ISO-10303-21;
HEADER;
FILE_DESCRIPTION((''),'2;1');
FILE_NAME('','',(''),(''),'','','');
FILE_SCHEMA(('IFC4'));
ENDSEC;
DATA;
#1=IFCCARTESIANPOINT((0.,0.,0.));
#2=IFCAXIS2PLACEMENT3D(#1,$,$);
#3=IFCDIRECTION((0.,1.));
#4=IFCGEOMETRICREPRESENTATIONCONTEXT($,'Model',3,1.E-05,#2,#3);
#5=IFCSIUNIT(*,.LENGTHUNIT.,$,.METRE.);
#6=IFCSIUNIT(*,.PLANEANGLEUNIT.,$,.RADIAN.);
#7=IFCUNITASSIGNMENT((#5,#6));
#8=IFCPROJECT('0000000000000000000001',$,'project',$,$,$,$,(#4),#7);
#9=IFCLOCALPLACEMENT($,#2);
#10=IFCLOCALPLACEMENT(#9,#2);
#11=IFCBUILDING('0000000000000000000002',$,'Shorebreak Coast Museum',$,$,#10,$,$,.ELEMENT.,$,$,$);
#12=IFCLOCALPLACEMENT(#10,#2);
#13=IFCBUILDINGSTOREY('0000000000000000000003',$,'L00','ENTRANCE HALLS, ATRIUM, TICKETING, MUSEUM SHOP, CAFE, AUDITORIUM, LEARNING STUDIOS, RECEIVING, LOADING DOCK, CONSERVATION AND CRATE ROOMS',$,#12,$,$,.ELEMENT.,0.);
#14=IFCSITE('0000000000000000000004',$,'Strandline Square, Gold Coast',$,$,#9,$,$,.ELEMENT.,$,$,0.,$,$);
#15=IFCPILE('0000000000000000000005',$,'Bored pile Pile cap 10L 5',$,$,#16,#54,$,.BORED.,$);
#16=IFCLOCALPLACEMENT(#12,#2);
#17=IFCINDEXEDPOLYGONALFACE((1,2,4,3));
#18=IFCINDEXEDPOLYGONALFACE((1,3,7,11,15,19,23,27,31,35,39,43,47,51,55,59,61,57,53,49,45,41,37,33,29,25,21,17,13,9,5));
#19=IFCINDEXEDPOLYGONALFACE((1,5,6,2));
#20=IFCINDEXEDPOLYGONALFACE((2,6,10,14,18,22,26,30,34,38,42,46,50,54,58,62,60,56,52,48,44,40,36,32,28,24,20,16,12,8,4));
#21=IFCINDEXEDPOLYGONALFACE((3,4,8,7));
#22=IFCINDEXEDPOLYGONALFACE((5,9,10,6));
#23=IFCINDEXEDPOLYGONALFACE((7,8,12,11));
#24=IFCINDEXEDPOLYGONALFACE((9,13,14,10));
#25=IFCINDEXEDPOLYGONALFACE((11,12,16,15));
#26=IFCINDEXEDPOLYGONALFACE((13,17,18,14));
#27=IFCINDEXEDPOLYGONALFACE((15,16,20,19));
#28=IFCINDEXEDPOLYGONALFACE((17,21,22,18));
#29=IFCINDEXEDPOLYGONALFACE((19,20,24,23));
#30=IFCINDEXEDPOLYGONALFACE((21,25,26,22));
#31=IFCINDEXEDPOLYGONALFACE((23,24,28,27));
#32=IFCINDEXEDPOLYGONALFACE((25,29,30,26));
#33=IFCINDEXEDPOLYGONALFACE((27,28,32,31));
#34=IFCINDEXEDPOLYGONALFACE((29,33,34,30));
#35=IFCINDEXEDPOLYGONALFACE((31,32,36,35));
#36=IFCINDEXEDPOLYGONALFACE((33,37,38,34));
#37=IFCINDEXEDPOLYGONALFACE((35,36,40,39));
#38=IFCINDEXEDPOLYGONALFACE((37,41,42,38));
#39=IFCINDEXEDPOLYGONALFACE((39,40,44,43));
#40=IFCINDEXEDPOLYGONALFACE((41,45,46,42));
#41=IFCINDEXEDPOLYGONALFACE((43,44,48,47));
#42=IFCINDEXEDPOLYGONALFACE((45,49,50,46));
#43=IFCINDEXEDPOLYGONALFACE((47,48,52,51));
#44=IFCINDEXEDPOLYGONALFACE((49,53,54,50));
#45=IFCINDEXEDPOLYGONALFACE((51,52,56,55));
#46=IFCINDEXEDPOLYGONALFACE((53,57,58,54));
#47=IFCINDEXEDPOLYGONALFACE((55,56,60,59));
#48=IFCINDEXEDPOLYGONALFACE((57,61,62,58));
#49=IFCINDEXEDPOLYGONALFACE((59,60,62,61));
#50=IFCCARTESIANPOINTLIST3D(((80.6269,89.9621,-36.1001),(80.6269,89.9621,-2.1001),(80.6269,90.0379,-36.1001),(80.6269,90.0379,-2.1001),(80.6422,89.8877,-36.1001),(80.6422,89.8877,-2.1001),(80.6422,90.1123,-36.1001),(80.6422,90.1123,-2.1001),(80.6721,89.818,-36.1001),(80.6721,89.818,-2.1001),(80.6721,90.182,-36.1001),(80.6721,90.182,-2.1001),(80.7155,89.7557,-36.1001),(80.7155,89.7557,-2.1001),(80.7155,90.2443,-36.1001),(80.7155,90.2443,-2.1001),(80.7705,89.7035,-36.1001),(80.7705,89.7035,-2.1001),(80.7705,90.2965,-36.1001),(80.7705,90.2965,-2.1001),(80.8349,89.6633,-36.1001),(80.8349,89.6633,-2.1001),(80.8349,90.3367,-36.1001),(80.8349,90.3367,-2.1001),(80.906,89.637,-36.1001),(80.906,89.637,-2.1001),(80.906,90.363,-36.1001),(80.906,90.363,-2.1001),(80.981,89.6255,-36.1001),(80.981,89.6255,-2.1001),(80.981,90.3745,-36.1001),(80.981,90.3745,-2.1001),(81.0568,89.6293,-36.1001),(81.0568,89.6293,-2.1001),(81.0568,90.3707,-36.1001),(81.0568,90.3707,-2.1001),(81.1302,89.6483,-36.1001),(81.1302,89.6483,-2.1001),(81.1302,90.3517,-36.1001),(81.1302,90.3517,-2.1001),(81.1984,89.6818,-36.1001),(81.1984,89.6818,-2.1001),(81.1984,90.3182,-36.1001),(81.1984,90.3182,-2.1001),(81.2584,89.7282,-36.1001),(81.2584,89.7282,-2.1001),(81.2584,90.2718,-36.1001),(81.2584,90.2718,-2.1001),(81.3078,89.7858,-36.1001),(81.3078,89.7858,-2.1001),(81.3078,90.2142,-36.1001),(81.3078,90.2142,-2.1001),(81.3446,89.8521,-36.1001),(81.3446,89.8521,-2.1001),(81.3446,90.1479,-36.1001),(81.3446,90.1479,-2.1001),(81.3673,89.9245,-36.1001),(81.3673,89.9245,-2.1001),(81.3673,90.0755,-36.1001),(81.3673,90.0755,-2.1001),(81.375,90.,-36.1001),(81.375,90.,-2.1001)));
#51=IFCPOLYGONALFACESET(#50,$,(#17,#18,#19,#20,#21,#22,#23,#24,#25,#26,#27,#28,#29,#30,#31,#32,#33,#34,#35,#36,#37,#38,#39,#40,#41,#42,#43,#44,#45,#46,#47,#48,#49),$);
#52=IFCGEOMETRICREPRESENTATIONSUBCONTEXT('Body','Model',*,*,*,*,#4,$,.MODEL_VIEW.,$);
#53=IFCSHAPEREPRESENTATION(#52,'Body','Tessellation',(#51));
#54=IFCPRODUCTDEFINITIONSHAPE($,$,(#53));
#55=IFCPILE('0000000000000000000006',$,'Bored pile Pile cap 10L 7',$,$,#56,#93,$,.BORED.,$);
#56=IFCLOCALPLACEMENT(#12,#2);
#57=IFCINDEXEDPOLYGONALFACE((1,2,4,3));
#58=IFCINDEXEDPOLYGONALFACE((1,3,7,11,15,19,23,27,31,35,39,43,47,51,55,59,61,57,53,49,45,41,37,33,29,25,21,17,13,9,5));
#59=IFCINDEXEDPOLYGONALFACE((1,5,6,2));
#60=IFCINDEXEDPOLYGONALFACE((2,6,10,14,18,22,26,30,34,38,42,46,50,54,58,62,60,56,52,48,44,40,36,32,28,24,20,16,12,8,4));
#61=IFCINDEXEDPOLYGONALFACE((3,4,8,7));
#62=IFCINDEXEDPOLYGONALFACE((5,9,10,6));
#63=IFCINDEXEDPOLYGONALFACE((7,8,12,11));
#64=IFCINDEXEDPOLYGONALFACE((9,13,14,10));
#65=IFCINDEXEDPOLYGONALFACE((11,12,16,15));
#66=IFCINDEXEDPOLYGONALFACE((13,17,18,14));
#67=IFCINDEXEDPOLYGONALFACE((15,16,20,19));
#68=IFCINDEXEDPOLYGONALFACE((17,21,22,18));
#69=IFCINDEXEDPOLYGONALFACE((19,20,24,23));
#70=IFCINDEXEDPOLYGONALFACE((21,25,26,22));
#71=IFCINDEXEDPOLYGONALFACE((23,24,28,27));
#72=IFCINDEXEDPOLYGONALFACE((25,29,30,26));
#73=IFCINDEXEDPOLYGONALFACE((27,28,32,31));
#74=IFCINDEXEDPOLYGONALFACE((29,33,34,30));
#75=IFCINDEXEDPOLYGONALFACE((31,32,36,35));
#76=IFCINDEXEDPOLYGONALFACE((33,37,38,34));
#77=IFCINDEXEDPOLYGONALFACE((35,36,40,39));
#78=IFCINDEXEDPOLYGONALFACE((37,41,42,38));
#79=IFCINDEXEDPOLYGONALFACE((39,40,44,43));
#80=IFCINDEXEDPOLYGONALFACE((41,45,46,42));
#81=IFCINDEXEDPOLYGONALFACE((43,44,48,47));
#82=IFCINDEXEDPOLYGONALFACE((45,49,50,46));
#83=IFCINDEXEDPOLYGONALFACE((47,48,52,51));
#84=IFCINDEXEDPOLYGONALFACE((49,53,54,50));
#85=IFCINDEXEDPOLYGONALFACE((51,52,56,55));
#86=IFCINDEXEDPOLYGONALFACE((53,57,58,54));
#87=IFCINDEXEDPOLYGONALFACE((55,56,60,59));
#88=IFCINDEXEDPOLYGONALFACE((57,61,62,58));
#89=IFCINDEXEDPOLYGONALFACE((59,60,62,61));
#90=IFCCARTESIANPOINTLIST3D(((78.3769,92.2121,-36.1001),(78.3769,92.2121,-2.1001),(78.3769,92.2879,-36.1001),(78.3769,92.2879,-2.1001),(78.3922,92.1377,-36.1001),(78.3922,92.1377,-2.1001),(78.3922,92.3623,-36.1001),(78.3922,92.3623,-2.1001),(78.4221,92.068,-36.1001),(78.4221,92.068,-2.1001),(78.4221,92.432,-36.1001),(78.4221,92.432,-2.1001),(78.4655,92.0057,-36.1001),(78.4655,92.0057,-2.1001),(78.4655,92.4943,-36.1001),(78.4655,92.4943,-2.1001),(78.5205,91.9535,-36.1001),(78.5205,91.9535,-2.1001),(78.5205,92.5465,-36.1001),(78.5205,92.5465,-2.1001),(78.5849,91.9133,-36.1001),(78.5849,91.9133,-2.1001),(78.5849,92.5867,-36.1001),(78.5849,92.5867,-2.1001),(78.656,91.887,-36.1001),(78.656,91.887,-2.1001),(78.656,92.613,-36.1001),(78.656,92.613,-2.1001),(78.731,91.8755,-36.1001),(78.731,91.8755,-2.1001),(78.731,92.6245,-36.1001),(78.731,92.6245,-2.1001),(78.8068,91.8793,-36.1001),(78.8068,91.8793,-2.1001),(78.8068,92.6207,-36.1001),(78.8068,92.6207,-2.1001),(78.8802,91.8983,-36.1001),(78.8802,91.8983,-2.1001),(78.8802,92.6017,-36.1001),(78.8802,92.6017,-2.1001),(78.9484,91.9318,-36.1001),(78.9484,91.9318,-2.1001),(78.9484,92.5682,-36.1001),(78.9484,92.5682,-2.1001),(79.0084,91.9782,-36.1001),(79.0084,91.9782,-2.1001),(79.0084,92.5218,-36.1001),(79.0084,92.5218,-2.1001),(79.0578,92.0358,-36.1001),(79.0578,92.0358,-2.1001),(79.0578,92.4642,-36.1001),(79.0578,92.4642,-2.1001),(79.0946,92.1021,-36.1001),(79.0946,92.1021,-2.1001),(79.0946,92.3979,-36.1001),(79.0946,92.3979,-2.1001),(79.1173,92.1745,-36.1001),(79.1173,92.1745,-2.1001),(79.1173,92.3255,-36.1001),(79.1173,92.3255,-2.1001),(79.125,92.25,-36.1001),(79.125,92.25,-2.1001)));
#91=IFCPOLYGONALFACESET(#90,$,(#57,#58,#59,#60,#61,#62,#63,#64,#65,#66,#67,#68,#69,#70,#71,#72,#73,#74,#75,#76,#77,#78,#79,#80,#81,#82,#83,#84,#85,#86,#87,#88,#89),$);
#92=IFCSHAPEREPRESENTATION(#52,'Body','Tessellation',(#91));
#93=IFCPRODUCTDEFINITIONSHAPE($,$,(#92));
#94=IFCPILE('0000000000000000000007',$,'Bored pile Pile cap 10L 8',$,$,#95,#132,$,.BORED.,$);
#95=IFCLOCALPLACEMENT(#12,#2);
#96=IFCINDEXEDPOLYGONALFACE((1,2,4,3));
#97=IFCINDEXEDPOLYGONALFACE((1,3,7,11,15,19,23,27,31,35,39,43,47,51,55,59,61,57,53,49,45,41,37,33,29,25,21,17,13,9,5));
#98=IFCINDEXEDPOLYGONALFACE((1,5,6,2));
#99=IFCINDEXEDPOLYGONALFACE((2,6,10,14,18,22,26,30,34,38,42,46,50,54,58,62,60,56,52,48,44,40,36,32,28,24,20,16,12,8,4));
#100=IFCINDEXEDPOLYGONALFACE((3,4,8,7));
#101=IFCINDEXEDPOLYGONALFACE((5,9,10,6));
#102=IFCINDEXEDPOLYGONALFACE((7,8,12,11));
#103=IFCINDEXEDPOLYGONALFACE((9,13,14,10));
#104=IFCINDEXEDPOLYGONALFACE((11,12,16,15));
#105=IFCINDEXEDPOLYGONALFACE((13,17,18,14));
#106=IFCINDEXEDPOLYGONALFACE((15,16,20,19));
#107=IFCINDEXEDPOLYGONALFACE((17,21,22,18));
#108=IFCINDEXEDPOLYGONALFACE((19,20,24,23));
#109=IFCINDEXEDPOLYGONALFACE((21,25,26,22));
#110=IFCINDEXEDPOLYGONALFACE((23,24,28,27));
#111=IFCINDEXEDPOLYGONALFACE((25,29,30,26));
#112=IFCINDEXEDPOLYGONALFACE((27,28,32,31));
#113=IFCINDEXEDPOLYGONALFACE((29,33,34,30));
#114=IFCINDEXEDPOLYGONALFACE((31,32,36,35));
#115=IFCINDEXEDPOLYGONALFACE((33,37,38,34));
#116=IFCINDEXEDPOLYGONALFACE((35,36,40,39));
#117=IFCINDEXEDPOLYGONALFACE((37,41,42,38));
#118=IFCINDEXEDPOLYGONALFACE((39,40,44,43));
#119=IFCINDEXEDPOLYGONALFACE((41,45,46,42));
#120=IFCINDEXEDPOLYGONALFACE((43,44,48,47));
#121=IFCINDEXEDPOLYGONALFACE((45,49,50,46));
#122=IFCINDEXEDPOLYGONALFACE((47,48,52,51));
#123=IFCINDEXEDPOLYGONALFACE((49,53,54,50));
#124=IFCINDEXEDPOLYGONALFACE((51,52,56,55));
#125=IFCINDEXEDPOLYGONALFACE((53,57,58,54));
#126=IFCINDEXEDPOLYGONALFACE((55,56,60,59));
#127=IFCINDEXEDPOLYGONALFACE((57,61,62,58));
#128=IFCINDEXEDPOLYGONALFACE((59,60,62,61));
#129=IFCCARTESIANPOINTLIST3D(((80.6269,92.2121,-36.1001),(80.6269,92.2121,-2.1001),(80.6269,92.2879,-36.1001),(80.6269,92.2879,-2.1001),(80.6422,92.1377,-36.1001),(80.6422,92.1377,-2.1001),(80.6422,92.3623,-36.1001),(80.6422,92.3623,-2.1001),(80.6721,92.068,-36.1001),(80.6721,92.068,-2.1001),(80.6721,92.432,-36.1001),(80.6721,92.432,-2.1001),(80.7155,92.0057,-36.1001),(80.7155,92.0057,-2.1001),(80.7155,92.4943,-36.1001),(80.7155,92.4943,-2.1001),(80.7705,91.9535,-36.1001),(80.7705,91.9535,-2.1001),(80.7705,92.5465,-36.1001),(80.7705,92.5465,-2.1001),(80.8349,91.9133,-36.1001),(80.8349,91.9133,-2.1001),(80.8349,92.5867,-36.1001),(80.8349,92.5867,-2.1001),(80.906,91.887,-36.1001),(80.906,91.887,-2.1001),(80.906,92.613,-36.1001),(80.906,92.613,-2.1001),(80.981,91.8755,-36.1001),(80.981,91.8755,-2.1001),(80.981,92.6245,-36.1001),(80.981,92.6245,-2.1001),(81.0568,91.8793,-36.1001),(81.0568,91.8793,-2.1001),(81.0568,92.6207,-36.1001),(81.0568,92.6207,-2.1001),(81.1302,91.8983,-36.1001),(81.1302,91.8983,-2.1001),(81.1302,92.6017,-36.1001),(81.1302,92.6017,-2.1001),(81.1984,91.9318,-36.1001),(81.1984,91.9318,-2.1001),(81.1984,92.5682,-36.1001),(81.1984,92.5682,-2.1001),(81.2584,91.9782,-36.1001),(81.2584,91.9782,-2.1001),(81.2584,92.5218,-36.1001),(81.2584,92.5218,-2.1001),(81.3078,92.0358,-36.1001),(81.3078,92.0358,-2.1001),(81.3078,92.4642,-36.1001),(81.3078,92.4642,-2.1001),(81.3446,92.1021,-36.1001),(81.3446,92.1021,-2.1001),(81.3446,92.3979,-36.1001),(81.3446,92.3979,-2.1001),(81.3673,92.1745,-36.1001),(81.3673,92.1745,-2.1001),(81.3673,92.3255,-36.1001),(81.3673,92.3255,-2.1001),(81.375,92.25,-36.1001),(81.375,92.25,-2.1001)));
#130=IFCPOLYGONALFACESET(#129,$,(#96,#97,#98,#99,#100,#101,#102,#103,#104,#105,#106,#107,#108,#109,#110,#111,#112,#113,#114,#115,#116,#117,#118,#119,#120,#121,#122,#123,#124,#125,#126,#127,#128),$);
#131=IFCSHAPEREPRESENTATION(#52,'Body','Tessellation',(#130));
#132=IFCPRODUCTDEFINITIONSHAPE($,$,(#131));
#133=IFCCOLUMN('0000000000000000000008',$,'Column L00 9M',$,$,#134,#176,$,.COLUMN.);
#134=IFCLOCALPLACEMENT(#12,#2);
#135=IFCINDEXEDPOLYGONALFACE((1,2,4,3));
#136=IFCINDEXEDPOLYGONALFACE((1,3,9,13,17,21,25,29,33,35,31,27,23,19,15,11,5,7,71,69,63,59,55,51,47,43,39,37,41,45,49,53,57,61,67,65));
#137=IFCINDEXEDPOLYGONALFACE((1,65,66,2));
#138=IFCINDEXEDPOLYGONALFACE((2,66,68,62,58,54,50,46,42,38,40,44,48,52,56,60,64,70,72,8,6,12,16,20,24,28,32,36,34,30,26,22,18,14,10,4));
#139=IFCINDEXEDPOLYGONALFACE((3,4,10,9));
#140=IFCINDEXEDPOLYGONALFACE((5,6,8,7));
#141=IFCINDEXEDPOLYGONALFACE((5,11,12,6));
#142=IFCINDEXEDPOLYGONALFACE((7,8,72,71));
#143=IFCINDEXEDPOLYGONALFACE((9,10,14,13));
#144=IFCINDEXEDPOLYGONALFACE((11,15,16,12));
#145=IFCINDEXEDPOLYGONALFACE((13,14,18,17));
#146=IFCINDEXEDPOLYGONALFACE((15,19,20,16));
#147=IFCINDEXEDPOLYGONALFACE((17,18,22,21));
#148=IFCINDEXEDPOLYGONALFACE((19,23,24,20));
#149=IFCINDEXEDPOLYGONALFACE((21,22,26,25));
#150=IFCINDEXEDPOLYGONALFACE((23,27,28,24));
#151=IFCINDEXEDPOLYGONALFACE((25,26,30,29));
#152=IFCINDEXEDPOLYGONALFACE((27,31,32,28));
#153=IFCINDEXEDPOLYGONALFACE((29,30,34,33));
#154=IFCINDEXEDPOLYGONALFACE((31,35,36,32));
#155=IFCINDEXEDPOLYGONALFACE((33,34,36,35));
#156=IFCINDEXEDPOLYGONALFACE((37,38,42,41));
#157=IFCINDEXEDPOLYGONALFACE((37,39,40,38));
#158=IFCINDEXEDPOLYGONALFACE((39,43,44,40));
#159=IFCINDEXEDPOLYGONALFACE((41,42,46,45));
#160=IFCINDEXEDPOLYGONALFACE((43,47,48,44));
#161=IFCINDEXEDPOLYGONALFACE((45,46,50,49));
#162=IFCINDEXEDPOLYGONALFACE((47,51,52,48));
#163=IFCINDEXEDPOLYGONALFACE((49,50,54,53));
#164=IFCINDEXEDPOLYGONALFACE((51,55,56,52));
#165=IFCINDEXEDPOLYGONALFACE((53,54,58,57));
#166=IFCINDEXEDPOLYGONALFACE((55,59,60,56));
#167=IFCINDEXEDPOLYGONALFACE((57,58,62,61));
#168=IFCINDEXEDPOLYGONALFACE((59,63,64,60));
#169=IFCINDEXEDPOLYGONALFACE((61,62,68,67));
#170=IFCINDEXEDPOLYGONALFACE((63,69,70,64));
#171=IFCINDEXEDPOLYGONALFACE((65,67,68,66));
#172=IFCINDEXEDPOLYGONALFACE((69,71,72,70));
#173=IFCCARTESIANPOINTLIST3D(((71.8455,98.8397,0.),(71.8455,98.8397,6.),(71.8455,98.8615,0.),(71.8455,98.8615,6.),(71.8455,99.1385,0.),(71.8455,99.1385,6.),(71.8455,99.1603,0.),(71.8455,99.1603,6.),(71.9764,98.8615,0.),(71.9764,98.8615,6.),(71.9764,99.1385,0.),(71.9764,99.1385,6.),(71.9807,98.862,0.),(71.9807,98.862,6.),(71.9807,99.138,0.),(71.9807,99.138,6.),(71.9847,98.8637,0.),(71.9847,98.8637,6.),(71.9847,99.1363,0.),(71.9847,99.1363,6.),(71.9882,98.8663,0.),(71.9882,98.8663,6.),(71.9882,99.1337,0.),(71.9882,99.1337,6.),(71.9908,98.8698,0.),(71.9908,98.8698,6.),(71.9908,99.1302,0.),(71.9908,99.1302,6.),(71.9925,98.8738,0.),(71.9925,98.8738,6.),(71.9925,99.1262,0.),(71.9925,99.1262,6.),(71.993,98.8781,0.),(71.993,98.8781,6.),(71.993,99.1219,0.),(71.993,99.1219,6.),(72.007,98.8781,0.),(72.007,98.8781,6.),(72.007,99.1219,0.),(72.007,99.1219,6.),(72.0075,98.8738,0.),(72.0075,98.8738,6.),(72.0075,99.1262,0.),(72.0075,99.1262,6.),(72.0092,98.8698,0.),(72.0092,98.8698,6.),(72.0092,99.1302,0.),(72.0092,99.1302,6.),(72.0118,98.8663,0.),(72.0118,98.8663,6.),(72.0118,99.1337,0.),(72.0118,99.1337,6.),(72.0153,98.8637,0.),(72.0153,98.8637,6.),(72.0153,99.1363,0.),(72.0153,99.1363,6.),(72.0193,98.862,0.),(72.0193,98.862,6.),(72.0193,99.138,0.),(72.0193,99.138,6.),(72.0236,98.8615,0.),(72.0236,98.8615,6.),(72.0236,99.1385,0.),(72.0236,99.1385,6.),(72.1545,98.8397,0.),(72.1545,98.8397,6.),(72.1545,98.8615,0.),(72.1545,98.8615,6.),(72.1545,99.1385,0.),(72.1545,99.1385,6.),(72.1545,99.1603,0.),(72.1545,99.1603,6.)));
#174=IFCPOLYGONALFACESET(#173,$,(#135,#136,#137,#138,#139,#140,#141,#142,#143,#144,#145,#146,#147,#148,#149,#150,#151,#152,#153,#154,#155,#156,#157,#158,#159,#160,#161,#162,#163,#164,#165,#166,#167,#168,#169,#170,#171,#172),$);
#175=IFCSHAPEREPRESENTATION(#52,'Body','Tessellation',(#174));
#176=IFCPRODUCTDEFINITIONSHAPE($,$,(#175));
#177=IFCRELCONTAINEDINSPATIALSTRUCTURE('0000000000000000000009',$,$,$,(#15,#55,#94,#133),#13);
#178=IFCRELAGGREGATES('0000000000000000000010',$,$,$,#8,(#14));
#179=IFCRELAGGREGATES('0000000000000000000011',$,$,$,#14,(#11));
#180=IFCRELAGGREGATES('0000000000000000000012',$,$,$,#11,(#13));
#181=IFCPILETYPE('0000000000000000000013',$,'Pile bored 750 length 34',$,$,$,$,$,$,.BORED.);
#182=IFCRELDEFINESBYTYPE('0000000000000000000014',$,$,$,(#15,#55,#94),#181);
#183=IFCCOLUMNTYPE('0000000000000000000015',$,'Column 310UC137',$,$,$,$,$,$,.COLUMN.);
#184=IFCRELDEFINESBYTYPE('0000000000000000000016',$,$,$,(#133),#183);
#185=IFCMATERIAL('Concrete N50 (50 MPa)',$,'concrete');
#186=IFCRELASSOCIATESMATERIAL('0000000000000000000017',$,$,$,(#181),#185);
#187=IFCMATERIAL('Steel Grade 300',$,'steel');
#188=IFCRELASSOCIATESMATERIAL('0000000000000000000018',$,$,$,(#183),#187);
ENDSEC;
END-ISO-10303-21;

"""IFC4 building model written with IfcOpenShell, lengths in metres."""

from ifc_helpers import new_model, si_unit, direction, frame, origin, origin_2d, place, context, subcontext, project, spatial, circle, i_section, extrude, material, material_profile, profile_set, type_object, element, save


model = new_model("IFC4")

# Units and contexts
model_context = context("Model", 3, precision=1e-05, world=origin(), true_north=direction((0.0, 1.0)))
body_context = subcontext(model_context, "Body", "Model", "MODEL_VIEW")
ifc_project = project(units=[si_unit("LENGTHUNIT", "METRE"), si_unit("PLANEANGLEUNIT", "RADIAN")], contexts=[model_context])

# Site, building, storey
site_placement = place(None, origin())
site = spatial("IfcSite", under=ifc_project, at=site_placement, Name="Strandline Square, Gold Coast", CompositionType="ELEMENT", RefElevation=0.0)
building_placement = place(site_placement, origin())
building = spatial("IfcBuilding", under=site, at=building_placement, Name="Shorebreak Coast Museum", CompositionType="ELEMENT")
storey_placement = place(building_placement, origin())
storey = spatial("IfcBuildingStorey", under=building, at=storey_placement, Name="L00", Description="ENTRANCE HALLS, ATRIUM, TICKETING, MUSEUM SHOP, CAFE, AUDITORIUM, LEARNING STUDIOS, RECEIVING, LOADING DOCK, CONSERVATION AND CRATE ROOMS", CompositionType="ELEMENT", Elevation=0.0)

# Piles
ifc_material_1 = material(Name="Concrete N50 (50 MPa)", Category="concrete")
ifc_material_profile_1 = material_profile(ifc_material_1, circle(Radius=0.375, at=origin_2d()), Name="Pile bored 750 length 34")
ifc_profile_set_1 = profile_set([ifc_material_profile_1], Name="Concrete N50 (50 MPa)")
pile_type_1 = type_object("IfcPileType", Name="Pile bored 750 length 34", PredefinedType="BORED", material=ifc_profile_set_1)
for number, where, z_axis, x_axis, name in (
    (1, (81.0, 90.0, -2.1001), (0.0, 0.0, -1.0), (1.0, 0.0, 0.0), "Bored pile Pile cap 10L 5"),
    (2, (78.75, 92.25, -2.1001), (0.0, 0.0, -1.0), (1.0, 0.0, 0.0), "Bored pile Pile cap 10L 7"),
    (3, (81.0, 92.25, -2.1001), (0.0, 0.0, -1.0), (1.0, 0.0, 0.0), "Bored pile Pile cap 10L 8"),
):
    element("IfcPile", number, at=place(storey_placement, frame(where, z_axis=z_axis, x_axis=x_axis)), inside=storey, type_object=pile_type_1, Name=name, PredefinedType="BORED", context=body_context, shape_type="SweptSolid", body=[
        extrude(circle(Radius=0.375, at=origin_2d()), origin(), (0.0, 0.0, 1.0), 34.0),
    ])

# Column
ifc_material_2 = material(Name="Steel Grade 300", Category="steel")
ifc_material_profile_2 = material_profile(ifc_material_2, i_section(OverallWidth=0.3091, OverallDepth=0.3206, WebThickness=0.0139, FlangeThickness=0.0217, FilletRadius=0.0166, at=origin_2d()), Name="310UC137")
ifc_profile_set_2 = profile_set([ifc_material_profile_2], Name="Steel Grade 300")
column_type_1 = type_object("IfcColumnType", Name="Column 310UC137", PredefinedType="COLUMN", material=ifc_profile_set_2)
for number, where, z_axis, x_axis, name in (
    (4, (72.0, 99.0, 0.0), (0.0, 0.0, 1.0), (1.0, 0.0, 0.0), "Column L00 9M"),
):
    element("IfcColumn", number, at=place(storey_placement, frame(where, z_axis=z_axis, x_axis=x_axis)), inside=storey, type_object=column_type_1, Name=name, PredefinedType="COLUMN", context=body_context, shape_type="SweptSolid", body=[
        extrude(i_section(OverallWidth=0.3091, OverallDepth=0.3206, WebThickness=0.0139, FlangeThickness=0.0217, FilletRadius=0.0166, at=origin_2d()), origin(), (0.0, 0.0, 1.0), 6.0),
    ])

save(model, "model.ifc")
